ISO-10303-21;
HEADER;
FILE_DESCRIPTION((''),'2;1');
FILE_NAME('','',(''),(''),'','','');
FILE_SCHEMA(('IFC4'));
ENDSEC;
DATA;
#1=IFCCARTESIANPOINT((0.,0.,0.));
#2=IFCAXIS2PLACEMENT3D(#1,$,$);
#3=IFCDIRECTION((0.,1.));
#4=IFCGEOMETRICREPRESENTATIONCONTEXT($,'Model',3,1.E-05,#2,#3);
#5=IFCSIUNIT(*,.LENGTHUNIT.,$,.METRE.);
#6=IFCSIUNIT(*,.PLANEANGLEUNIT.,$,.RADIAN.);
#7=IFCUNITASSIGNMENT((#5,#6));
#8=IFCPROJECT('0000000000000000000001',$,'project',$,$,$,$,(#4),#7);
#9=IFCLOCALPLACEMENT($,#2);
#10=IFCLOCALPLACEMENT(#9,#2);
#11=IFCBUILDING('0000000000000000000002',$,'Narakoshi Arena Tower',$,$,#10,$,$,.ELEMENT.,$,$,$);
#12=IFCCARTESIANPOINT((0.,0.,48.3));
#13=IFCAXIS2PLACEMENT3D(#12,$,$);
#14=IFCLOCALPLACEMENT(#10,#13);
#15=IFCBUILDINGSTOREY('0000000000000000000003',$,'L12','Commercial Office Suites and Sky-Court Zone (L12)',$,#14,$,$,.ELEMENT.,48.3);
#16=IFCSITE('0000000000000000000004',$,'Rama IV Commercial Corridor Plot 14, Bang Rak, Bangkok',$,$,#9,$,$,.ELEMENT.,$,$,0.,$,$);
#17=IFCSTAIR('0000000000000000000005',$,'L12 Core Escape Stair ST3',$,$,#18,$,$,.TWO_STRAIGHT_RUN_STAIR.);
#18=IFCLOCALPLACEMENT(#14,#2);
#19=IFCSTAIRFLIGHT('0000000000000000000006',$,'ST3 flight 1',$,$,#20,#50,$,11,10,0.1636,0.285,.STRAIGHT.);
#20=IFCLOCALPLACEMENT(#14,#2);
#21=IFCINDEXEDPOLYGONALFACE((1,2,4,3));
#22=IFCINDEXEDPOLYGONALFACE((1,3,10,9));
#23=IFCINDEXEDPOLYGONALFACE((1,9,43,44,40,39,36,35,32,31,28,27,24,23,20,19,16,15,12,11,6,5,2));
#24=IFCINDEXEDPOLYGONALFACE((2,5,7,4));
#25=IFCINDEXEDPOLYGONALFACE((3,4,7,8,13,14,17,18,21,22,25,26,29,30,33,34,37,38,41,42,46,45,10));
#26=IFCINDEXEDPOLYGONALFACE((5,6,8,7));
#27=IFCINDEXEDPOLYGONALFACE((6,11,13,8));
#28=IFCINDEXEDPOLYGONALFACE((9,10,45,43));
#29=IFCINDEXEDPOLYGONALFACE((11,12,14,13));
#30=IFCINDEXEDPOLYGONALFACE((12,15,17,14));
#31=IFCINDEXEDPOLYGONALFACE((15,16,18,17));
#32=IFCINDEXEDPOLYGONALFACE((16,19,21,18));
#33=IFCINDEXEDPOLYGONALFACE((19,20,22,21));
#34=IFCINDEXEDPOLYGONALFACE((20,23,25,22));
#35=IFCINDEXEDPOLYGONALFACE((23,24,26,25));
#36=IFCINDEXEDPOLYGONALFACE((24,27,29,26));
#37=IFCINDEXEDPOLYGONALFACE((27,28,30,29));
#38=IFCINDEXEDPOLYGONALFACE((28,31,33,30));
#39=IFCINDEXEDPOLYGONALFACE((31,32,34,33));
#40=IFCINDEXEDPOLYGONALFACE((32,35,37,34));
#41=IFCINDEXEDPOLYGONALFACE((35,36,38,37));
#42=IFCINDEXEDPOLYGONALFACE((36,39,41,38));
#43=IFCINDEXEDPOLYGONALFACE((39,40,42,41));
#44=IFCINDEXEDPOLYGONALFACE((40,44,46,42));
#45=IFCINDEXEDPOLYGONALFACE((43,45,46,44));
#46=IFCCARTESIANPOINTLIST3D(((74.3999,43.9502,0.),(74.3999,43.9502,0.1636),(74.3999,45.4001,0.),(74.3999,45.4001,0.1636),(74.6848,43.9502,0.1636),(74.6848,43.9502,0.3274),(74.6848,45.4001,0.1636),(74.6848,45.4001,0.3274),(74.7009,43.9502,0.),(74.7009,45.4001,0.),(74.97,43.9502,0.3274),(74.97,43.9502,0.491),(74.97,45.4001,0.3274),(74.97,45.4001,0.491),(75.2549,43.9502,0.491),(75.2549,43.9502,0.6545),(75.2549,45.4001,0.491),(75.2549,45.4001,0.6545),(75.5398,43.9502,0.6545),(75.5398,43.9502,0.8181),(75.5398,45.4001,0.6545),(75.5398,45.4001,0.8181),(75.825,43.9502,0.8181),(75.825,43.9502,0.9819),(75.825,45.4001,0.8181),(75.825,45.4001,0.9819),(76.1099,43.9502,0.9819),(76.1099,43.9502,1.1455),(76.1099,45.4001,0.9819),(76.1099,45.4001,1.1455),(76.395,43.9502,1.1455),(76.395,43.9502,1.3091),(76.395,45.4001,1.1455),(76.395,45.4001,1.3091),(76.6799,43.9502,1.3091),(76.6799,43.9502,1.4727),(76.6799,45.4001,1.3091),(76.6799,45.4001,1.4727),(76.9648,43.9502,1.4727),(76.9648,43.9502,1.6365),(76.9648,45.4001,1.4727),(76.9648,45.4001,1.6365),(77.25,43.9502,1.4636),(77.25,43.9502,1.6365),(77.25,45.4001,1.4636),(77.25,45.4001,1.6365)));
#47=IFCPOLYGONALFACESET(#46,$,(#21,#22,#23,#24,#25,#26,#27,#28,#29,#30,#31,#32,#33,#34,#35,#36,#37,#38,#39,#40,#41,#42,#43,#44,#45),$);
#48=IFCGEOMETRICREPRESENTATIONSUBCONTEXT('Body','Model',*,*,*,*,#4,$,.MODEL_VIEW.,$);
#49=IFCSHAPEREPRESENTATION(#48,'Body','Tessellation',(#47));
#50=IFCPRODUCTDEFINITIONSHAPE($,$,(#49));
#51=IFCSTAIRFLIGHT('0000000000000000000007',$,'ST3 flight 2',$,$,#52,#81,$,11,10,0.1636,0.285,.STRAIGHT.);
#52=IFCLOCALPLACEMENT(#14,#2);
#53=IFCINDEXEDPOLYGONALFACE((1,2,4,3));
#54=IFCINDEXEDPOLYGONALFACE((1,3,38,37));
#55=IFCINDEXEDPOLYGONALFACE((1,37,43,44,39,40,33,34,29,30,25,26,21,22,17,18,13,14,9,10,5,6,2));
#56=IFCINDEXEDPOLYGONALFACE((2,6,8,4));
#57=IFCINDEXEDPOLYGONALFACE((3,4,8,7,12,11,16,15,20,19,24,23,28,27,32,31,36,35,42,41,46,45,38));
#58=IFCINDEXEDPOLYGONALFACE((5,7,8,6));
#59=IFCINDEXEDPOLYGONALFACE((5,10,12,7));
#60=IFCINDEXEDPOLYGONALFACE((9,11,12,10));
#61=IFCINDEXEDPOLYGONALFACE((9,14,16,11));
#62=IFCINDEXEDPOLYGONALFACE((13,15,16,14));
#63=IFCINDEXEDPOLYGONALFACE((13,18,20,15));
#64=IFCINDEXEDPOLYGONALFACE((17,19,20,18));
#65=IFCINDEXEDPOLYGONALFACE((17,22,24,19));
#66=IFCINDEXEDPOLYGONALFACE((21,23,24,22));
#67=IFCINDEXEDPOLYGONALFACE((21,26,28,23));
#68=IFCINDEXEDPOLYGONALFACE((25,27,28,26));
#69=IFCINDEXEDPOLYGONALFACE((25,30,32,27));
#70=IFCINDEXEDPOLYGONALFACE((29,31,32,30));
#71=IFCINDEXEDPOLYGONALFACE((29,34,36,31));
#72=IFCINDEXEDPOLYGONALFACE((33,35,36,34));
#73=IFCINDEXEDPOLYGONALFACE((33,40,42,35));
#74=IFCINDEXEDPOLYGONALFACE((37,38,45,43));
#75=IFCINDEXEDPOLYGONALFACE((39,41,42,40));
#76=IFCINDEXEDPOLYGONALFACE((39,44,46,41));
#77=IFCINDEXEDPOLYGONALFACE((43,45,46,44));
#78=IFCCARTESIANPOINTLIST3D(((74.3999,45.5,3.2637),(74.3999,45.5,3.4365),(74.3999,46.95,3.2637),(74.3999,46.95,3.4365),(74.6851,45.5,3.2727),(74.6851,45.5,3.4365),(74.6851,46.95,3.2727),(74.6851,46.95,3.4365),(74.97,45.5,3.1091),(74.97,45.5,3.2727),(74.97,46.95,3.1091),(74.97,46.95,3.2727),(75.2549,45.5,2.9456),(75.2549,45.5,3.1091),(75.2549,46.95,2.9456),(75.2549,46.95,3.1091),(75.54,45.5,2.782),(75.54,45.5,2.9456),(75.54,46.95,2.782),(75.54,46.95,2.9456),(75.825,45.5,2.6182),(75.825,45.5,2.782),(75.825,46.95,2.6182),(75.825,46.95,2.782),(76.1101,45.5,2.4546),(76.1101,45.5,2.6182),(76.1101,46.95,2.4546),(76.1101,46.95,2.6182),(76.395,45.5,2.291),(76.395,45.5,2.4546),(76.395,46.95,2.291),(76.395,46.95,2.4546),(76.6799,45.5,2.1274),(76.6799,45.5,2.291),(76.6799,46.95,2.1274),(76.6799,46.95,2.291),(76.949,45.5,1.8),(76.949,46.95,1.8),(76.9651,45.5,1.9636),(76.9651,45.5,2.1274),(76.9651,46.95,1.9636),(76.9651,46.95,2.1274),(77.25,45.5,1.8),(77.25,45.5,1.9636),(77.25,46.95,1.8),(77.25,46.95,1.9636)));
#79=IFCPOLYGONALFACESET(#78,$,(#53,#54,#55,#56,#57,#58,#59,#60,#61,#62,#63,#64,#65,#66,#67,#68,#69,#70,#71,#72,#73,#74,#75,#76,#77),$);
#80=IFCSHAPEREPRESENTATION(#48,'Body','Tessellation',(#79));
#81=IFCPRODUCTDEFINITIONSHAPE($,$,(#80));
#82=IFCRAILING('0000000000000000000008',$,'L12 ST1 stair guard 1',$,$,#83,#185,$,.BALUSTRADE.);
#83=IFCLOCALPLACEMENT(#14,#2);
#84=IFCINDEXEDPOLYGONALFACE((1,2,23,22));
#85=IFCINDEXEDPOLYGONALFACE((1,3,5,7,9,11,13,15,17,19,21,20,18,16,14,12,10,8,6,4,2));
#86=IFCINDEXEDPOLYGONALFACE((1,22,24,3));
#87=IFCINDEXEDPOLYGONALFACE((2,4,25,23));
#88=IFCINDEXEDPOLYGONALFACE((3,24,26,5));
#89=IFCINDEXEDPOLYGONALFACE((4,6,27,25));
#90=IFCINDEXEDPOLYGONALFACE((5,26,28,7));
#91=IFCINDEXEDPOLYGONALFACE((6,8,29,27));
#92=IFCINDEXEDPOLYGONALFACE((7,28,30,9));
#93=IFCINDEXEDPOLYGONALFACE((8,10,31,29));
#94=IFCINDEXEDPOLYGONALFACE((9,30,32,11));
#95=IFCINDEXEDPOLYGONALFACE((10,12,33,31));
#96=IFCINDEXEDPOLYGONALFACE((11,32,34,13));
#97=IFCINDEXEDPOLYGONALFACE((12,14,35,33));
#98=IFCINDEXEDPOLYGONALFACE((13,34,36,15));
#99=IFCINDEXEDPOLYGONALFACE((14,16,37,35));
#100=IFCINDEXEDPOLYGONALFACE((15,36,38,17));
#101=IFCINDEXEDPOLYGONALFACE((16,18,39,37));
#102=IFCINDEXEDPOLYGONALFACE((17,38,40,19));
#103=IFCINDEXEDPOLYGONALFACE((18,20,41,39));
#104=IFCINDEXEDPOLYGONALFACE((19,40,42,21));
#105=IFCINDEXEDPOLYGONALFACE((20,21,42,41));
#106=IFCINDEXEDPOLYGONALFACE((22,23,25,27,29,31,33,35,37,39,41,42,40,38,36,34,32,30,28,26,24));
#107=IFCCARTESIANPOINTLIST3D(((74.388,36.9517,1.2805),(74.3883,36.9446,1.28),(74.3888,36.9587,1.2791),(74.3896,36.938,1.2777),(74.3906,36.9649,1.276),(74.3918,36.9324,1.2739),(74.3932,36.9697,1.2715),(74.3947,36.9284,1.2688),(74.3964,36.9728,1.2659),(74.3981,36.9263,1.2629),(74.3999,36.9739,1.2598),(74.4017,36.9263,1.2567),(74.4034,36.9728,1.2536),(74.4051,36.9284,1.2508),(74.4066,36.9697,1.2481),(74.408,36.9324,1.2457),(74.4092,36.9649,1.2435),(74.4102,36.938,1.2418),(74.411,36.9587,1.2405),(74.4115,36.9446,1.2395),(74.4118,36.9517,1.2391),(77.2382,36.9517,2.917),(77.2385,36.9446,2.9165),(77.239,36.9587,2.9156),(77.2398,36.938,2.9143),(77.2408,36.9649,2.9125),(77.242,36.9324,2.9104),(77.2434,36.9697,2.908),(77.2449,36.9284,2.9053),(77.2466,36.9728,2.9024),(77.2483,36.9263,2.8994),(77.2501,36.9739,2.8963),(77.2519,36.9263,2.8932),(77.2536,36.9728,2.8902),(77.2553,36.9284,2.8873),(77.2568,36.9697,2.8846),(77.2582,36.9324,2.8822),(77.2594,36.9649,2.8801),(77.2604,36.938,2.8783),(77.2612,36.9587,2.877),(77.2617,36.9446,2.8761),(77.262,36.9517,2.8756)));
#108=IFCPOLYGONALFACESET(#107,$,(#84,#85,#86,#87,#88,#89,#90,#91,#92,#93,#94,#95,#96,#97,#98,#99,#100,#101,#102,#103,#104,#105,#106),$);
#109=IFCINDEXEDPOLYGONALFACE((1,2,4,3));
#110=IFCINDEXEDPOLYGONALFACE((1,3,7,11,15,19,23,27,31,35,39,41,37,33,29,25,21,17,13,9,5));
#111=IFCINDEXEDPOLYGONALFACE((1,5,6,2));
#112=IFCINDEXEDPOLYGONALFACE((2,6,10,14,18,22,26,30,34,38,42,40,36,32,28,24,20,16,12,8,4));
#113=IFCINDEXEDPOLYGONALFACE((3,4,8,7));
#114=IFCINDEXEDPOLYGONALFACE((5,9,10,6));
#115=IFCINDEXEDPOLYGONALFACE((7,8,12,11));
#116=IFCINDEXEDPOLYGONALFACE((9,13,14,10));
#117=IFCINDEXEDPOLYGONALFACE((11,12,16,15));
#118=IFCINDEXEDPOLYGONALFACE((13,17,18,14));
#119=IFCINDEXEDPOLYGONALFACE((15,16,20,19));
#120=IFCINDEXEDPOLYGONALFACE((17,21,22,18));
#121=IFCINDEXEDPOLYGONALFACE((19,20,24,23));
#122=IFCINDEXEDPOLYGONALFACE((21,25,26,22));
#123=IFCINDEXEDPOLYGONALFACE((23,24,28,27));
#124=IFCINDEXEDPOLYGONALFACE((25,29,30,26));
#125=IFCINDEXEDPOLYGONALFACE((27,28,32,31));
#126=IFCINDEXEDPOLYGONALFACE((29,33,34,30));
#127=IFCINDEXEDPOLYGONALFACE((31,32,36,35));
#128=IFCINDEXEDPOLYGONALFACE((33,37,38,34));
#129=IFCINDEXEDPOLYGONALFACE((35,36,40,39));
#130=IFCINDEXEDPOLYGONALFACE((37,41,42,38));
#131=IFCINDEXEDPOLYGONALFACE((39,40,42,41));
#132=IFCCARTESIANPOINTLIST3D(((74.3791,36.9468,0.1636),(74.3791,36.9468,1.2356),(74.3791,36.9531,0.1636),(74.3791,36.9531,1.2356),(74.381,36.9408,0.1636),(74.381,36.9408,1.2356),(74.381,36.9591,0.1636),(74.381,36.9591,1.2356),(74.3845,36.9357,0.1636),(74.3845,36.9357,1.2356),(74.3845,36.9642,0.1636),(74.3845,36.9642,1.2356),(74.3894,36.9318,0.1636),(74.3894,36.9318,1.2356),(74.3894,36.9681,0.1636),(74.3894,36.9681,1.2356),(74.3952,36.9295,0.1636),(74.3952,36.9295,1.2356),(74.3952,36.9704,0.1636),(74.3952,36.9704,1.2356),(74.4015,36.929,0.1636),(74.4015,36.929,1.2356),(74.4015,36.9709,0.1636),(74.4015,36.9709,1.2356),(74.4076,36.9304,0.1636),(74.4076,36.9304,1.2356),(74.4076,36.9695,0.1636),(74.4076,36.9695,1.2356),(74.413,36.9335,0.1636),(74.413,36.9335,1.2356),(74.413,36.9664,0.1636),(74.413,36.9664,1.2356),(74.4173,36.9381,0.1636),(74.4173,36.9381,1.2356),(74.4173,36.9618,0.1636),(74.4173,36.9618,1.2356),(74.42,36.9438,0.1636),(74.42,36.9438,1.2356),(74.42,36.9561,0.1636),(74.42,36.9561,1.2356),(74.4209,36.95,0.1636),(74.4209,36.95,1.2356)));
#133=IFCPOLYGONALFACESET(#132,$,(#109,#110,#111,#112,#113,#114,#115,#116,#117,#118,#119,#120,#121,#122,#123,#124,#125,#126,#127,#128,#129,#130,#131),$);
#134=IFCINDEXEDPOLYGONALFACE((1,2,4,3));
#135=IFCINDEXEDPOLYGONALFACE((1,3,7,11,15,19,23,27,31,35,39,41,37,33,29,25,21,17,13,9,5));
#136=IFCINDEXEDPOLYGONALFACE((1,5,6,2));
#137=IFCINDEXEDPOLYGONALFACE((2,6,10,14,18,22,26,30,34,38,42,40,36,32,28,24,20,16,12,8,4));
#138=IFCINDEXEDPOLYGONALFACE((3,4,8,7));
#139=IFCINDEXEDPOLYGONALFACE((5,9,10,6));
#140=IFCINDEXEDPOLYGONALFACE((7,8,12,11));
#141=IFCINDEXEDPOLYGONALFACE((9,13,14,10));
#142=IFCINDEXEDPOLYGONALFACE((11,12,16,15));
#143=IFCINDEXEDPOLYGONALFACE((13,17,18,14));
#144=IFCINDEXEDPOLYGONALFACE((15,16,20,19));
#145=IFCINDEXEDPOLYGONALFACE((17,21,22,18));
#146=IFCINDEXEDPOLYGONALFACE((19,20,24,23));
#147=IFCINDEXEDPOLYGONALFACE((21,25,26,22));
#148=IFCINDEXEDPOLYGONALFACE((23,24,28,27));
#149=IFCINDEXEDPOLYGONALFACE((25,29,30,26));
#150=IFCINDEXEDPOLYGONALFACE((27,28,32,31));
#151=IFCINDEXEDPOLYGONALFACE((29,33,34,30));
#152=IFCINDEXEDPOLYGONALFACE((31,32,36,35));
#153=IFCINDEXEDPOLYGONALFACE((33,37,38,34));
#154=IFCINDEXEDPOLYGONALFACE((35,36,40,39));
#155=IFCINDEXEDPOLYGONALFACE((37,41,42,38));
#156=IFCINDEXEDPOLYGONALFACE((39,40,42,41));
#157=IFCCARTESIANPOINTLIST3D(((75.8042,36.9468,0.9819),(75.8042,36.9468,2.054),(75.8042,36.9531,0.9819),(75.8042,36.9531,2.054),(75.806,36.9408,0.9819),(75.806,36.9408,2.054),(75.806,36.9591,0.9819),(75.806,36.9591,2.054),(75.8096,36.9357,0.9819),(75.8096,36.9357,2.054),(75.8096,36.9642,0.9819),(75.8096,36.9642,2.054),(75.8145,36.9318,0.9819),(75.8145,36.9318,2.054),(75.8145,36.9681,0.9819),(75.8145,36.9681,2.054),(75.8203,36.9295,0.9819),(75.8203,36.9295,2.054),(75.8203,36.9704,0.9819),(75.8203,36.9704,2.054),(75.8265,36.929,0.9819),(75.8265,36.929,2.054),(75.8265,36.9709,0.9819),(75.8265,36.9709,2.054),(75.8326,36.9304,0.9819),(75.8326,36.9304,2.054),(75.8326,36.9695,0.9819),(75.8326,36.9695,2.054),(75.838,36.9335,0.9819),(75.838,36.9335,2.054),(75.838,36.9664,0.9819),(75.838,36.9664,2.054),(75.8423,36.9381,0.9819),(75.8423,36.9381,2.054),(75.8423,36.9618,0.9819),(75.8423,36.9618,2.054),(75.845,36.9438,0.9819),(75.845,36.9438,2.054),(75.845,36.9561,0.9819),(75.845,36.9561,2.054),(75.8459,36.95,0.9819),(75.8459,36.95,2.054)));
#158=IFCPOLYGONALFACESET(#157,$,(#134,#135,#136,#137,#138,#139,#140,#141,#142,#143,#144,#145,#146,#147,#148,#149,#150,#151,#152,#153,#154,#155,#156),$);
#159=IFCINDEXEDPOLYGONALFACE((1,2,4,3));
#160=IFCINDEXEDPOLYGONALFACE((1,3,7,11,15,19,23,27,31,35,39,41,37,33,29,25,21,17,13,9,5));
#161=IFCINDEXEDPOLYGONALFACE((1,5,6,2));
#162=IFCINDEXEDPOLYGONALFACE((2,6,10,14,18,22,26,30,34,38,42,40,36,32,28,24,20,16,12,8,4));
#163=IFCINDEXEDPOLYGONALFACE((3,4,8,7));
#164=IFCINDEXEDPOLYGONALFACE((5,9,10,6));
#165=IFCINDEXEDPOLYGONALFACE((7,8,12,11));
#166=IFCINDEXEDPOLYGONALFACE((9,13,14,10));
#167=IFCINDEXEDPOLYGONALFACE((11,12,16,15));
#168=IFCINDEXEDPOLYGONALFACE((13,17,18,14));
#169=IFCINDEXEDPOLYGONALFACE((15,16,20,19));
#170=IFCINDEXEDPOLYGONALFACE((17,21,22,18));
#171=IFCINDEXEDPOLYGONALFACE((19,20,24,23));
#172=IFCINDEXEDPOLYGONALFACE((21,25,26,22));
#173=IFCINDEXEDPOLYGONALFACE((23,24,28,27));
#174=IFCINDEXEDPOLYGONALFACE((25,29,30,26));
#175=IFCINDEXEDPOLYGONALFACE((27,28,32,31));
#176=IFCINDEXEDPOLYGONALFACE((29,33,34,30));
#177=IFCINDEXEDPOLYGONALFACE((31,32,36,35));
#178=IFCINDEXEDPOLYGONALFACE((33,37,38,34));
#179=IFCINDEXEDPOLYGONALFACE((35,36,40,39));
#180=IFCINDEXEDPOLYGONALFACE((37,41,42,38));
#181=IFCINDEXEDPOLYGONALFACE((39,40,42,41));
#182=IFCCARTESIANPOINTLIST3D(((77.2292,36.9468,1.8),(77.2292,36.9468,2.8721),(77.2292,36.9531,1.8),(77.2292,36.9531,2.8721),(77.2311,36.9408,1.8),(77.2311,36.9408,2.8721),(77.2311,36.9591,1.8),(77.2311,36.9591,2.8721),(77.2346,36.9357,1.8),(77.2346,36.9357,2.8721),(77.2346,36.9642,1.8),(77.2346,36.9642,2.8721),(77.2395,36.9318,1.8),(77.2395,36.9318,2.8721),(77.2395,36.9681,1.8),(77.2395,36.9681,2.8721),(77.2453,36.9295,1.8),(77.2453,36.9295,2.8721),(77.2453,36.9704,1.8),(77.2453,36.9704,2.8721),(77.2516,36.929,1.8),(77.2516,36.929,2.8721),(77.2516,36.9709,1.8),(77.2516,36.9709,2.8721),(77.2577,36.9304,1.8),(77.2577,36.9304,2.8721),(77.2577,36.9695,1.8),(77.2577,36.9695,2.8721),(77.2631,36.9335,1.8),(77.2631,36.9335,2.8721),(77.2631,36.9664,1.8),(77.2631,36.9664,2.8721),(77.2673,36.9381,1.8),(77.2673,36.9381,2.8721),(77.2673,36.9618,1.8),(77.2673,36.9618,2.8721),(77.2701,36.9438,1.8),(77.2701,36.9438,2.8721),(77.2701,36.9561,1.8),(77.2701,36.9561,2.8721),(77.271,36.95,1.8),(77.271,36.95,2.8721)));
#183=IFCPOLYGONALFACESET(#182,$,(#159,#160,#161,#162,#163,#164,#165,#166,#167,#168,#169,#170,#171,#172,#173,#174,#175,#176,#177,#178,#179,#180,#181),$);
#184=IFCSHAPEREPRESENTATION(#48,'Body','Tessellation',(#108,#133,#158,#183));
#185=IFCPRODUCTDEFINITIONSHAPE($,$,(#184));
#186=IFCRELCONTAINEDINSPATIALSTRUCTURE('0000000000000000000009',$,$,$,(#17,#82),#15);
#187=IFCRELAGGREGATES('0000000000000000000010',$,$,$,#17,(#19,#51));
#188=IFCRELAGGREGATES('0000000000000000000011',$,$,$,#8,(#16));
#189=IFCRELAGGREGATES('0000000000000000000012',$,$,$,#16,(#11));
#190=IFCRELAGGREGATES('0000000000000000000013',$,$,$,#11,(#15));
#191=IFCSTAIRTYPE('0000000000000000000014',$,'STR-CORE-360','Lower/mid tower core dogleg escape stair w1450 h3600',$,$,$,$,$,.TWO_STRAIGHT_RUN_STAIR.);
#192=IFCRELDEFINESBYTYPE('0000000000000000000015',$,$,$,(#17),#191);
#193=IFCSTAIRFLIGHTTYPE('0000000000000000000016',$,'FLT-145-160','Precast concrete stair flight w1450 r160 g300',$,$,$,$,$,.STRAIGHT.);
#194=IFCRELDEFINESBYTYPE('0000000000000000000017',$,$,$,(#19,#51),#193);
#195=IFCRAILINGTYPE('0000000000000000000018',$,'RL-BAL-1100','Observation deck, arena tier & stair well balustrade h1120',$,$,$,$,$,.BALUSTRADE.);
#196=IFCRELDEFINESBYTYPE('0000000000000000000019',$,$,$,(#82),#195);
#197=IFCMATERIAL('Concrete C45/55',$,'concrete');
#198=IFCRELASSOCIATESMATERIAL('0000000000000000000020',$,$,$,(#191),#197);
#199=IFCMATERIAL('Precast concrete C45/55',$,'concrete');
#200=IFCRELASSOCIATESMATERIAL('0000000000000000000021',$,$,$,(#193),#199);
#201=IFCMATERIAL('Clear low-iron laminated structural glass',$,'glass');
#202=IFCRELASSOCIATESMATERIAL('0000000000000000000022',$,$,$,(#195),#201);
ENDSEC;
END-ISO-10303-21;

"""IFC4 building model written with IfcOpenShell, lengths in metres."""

from ifc_helpers import new_model, si_unit, direction, frame, origin, origin_2d, place, context, subcontext, project, spatial, polyline, circle, outline, extrude, material, type_object, element, aggregate, save


model = new_model("IFC4")

# Units and contexts
model_context = context("Model", 3, precision=1e-05, world=origin(), true_north=direction((0.0, 1.0)))
body_context = subcontext(model_context, "Body", "Model", "MODEL_VIEW")
ifc_project = project(units=[si_unit("LENGTHUNIT", "METRE"), si_unit("PLANEANGLEUNIT", "RADIAN")], contexts=[model_context])

# Site, building, storey
site_placement = place(None, origin())
site = spatial("IfcSite", under=ifc_project, at=site_placement, Name="Rama IV Commercial Corridor Plot 14, Bang Rak, Bangkok", CompositionType="ELEMENT", RefElevation=0.0)
building_placement = place(site_placement, origin())
building = spatial("IfcBuilding", under=site, at=building_placement, Name="Narakoshi Arena Tower", CompositionType="ELEMENT")
storey_placement = place(building_placement, frame((0.0, 0.0, 48.3)))
storey = spatial("IfcBuildingStorey", under=building, at=storey_placement, Name="L12", Description="Commercial Office Suites and Sky-Court Zone (L12)", CompositionType="ELEMENT", Elevation=48.3)

# Stair, stair flights
ifc_material_1 = material(Name="Concrete C45/55", Category="concrete")
stair_type = type_object("IfcStairType", Name="STR-CORE-360", Description="Lower/mid tower core dogleg escape stair w1450 h3600", PredefinedType="TWO_STRAIGHT_RUN_STAIR", material=ifc_material_1)
ifc_material_2 = material(Name="Precast concrete C45/55", Category="concrete")
stair_flight_type = type_object("IfcStairFlightType", Name="FLT-145-160", Description="Precast concrete stair flight w1450 r160 g300", PredefinedType="STRAIGHT", material=ifc_material_2)
stair_1_placement = place(storey_placement, origin())
stair_1 = element("IfcStair", 1, at=stair_1_placement, inside=storey, type_object=stair_type, Name="L12 Core Escape Stair ST3", PredefinedType="TWO_STRAIGHT_RUN_STAIR")
stair_flight_1_placement = place(storey_placement, frame((74.3999, 44.675, 0.0), z_axis=(0.0, 0.0, 1.0), x_axis=(1.0, 0.0, 0.0)))
stair_flight_1 = element("IfcStairFlight", 2, at=stair_flight_1_placement, type_object=stair_flight_type, Name="ST3 flight 1", NumberOfRisers=11, NumberOfTreads=10, PredefinedType="STRAIGHT", RiserHeight=0.1636, TreadLength=0.285, context=body_context, shape_type="SweptSolid", body=[
    extrude(outline(polyline([(0.0, 0.0), (0.0, 0.1636), (0.2849, 0.1636), (0.2849, 0.3274), (0.5701, 0.3274), (0.5701, 0.491), (0.855, 0.491), (0.855, 0.6545), (1.1399, 0.6545), (1.1399, 0.8181), (1.425, 0.8181), (1.425, 0.9819), (1.71, 0.9819), (1.71, 1.1455), (1.9951, 1.1455), (1.9951, 1.3091), (2.28, 1.3091), (2.28, 1.4727), (2.5649, 1.4727), (2.5649, 1.6365), (2.8501, 1.6365), (2.8501, 1.8), (2.8501, 1.4636), (0.301, 0.0), (0.0, 0.0)])), frame((0.0, 0.7251, 0.0), z_axis=(0.0, -1.0, 0.0), x_axis=(1.0, 0.0, 0.0)), (0.0, 0.0, 1.0), 1.45),
])
stair_flight_2_placement = place(storey_placement, frame((77.25, 46.2251, 1.8), z_axis=(0.0, 0.0, 1.0), x_axis=(-1.0, 0.0, 0.0)))
stair_flight_2 = element("IfcStairFlight", 3, at=stair_flight_2_placement, type_object=stair_flight_type, Name="ST3 flight 2", NumberOfRisers=11, NumberOfTreads=10, PredefinedType="STRAIGHT", RiserHeight=0.1636, TreadLength=0.285, context=body_context, shape_type="SweptSolid", body=[
    extrude(outline(polyline([(0.0, 0.0), (0.0, 0.1636), (0.2849, 0.1636), (0.2849, 0.3274), (0.5701, 0.3274), (0.5701, 0.491), (0.855, 0.491), (0.855, 0.6545), (1.1399, 0.6545), (1.1399, 0.8181), (1.425, 0.8181), (1.425, 0.9819), (1.71, 0.9819), (1.71, 1.1455), (1.9951, 1.1455), (1.9951, 1.3091), (2.28, 1.3091), (2.28, 1.4727), (2.5649, 1.4727), (2.5649, 1.6365), (2.8501, 1.6365), (2.8501, 1.8), (2.8501, 1.4636), (0.301, 0.0), (0.0, 0.0)])), frame((0.0, 0.7251, 0.0), z_axis=(0.0, -1.0, 0.0), x_axis=(1.0, 0.0, 0.0)), (0.0, 0.0, 1.0), 1.45),
])
aggregate(stair_1, [stair_flight_1, stair_flight_2])

# Railing
ifc_material_3 = material(Name="Clear low-iron laminated structural glass", Category="glass")
railing_type_1 = type_object("IfcRailingType", Name="RL-BAL-1100", Description="Observation deck, arena tier & stair well balustrade h1120", PredefinedType="BALUSTRADE", material=ifc_material_3)
railing_1_placement = place(storey_placement, frame((74.3999, 36.95, 0.1636)))
element("IfcRailing", 4, at=railing_1_placement, inside=storey, type_object=railing_type_1, Name="L12 ST1 stair guard 1", PredefinedType="BALUSTRADE", context=body_context, shape_type="SweptSolid", body=[
    extrude(circle(Radius=0.0239, at=origin_2d()), frame((0.0, 0.0, 1.0962), z_axis=(0.867213, 0.0, 0.497938), x_axis=(0.0, 1.0, 0.0)), (0.0, 0.0, 1.0), 3.2866),
    extrude(circle(Radius=0.021, at=origin_2d()), origin(), (0.0, 0.0, 1.0), 1.072),
    extrude(circle(Radius=0.021, at=origin_2d()), frame((1.425, 0.0, 0.8184)), (0.0, 0.0, 1.0), 1.072),
    extrude(circle(Radius=0.021, at=origin_2d()), frame((2.8501, 0.0, 1.6365)), (0.0, 0.0, 1.0), 1.072),
])

save(model, "model.ifc")
